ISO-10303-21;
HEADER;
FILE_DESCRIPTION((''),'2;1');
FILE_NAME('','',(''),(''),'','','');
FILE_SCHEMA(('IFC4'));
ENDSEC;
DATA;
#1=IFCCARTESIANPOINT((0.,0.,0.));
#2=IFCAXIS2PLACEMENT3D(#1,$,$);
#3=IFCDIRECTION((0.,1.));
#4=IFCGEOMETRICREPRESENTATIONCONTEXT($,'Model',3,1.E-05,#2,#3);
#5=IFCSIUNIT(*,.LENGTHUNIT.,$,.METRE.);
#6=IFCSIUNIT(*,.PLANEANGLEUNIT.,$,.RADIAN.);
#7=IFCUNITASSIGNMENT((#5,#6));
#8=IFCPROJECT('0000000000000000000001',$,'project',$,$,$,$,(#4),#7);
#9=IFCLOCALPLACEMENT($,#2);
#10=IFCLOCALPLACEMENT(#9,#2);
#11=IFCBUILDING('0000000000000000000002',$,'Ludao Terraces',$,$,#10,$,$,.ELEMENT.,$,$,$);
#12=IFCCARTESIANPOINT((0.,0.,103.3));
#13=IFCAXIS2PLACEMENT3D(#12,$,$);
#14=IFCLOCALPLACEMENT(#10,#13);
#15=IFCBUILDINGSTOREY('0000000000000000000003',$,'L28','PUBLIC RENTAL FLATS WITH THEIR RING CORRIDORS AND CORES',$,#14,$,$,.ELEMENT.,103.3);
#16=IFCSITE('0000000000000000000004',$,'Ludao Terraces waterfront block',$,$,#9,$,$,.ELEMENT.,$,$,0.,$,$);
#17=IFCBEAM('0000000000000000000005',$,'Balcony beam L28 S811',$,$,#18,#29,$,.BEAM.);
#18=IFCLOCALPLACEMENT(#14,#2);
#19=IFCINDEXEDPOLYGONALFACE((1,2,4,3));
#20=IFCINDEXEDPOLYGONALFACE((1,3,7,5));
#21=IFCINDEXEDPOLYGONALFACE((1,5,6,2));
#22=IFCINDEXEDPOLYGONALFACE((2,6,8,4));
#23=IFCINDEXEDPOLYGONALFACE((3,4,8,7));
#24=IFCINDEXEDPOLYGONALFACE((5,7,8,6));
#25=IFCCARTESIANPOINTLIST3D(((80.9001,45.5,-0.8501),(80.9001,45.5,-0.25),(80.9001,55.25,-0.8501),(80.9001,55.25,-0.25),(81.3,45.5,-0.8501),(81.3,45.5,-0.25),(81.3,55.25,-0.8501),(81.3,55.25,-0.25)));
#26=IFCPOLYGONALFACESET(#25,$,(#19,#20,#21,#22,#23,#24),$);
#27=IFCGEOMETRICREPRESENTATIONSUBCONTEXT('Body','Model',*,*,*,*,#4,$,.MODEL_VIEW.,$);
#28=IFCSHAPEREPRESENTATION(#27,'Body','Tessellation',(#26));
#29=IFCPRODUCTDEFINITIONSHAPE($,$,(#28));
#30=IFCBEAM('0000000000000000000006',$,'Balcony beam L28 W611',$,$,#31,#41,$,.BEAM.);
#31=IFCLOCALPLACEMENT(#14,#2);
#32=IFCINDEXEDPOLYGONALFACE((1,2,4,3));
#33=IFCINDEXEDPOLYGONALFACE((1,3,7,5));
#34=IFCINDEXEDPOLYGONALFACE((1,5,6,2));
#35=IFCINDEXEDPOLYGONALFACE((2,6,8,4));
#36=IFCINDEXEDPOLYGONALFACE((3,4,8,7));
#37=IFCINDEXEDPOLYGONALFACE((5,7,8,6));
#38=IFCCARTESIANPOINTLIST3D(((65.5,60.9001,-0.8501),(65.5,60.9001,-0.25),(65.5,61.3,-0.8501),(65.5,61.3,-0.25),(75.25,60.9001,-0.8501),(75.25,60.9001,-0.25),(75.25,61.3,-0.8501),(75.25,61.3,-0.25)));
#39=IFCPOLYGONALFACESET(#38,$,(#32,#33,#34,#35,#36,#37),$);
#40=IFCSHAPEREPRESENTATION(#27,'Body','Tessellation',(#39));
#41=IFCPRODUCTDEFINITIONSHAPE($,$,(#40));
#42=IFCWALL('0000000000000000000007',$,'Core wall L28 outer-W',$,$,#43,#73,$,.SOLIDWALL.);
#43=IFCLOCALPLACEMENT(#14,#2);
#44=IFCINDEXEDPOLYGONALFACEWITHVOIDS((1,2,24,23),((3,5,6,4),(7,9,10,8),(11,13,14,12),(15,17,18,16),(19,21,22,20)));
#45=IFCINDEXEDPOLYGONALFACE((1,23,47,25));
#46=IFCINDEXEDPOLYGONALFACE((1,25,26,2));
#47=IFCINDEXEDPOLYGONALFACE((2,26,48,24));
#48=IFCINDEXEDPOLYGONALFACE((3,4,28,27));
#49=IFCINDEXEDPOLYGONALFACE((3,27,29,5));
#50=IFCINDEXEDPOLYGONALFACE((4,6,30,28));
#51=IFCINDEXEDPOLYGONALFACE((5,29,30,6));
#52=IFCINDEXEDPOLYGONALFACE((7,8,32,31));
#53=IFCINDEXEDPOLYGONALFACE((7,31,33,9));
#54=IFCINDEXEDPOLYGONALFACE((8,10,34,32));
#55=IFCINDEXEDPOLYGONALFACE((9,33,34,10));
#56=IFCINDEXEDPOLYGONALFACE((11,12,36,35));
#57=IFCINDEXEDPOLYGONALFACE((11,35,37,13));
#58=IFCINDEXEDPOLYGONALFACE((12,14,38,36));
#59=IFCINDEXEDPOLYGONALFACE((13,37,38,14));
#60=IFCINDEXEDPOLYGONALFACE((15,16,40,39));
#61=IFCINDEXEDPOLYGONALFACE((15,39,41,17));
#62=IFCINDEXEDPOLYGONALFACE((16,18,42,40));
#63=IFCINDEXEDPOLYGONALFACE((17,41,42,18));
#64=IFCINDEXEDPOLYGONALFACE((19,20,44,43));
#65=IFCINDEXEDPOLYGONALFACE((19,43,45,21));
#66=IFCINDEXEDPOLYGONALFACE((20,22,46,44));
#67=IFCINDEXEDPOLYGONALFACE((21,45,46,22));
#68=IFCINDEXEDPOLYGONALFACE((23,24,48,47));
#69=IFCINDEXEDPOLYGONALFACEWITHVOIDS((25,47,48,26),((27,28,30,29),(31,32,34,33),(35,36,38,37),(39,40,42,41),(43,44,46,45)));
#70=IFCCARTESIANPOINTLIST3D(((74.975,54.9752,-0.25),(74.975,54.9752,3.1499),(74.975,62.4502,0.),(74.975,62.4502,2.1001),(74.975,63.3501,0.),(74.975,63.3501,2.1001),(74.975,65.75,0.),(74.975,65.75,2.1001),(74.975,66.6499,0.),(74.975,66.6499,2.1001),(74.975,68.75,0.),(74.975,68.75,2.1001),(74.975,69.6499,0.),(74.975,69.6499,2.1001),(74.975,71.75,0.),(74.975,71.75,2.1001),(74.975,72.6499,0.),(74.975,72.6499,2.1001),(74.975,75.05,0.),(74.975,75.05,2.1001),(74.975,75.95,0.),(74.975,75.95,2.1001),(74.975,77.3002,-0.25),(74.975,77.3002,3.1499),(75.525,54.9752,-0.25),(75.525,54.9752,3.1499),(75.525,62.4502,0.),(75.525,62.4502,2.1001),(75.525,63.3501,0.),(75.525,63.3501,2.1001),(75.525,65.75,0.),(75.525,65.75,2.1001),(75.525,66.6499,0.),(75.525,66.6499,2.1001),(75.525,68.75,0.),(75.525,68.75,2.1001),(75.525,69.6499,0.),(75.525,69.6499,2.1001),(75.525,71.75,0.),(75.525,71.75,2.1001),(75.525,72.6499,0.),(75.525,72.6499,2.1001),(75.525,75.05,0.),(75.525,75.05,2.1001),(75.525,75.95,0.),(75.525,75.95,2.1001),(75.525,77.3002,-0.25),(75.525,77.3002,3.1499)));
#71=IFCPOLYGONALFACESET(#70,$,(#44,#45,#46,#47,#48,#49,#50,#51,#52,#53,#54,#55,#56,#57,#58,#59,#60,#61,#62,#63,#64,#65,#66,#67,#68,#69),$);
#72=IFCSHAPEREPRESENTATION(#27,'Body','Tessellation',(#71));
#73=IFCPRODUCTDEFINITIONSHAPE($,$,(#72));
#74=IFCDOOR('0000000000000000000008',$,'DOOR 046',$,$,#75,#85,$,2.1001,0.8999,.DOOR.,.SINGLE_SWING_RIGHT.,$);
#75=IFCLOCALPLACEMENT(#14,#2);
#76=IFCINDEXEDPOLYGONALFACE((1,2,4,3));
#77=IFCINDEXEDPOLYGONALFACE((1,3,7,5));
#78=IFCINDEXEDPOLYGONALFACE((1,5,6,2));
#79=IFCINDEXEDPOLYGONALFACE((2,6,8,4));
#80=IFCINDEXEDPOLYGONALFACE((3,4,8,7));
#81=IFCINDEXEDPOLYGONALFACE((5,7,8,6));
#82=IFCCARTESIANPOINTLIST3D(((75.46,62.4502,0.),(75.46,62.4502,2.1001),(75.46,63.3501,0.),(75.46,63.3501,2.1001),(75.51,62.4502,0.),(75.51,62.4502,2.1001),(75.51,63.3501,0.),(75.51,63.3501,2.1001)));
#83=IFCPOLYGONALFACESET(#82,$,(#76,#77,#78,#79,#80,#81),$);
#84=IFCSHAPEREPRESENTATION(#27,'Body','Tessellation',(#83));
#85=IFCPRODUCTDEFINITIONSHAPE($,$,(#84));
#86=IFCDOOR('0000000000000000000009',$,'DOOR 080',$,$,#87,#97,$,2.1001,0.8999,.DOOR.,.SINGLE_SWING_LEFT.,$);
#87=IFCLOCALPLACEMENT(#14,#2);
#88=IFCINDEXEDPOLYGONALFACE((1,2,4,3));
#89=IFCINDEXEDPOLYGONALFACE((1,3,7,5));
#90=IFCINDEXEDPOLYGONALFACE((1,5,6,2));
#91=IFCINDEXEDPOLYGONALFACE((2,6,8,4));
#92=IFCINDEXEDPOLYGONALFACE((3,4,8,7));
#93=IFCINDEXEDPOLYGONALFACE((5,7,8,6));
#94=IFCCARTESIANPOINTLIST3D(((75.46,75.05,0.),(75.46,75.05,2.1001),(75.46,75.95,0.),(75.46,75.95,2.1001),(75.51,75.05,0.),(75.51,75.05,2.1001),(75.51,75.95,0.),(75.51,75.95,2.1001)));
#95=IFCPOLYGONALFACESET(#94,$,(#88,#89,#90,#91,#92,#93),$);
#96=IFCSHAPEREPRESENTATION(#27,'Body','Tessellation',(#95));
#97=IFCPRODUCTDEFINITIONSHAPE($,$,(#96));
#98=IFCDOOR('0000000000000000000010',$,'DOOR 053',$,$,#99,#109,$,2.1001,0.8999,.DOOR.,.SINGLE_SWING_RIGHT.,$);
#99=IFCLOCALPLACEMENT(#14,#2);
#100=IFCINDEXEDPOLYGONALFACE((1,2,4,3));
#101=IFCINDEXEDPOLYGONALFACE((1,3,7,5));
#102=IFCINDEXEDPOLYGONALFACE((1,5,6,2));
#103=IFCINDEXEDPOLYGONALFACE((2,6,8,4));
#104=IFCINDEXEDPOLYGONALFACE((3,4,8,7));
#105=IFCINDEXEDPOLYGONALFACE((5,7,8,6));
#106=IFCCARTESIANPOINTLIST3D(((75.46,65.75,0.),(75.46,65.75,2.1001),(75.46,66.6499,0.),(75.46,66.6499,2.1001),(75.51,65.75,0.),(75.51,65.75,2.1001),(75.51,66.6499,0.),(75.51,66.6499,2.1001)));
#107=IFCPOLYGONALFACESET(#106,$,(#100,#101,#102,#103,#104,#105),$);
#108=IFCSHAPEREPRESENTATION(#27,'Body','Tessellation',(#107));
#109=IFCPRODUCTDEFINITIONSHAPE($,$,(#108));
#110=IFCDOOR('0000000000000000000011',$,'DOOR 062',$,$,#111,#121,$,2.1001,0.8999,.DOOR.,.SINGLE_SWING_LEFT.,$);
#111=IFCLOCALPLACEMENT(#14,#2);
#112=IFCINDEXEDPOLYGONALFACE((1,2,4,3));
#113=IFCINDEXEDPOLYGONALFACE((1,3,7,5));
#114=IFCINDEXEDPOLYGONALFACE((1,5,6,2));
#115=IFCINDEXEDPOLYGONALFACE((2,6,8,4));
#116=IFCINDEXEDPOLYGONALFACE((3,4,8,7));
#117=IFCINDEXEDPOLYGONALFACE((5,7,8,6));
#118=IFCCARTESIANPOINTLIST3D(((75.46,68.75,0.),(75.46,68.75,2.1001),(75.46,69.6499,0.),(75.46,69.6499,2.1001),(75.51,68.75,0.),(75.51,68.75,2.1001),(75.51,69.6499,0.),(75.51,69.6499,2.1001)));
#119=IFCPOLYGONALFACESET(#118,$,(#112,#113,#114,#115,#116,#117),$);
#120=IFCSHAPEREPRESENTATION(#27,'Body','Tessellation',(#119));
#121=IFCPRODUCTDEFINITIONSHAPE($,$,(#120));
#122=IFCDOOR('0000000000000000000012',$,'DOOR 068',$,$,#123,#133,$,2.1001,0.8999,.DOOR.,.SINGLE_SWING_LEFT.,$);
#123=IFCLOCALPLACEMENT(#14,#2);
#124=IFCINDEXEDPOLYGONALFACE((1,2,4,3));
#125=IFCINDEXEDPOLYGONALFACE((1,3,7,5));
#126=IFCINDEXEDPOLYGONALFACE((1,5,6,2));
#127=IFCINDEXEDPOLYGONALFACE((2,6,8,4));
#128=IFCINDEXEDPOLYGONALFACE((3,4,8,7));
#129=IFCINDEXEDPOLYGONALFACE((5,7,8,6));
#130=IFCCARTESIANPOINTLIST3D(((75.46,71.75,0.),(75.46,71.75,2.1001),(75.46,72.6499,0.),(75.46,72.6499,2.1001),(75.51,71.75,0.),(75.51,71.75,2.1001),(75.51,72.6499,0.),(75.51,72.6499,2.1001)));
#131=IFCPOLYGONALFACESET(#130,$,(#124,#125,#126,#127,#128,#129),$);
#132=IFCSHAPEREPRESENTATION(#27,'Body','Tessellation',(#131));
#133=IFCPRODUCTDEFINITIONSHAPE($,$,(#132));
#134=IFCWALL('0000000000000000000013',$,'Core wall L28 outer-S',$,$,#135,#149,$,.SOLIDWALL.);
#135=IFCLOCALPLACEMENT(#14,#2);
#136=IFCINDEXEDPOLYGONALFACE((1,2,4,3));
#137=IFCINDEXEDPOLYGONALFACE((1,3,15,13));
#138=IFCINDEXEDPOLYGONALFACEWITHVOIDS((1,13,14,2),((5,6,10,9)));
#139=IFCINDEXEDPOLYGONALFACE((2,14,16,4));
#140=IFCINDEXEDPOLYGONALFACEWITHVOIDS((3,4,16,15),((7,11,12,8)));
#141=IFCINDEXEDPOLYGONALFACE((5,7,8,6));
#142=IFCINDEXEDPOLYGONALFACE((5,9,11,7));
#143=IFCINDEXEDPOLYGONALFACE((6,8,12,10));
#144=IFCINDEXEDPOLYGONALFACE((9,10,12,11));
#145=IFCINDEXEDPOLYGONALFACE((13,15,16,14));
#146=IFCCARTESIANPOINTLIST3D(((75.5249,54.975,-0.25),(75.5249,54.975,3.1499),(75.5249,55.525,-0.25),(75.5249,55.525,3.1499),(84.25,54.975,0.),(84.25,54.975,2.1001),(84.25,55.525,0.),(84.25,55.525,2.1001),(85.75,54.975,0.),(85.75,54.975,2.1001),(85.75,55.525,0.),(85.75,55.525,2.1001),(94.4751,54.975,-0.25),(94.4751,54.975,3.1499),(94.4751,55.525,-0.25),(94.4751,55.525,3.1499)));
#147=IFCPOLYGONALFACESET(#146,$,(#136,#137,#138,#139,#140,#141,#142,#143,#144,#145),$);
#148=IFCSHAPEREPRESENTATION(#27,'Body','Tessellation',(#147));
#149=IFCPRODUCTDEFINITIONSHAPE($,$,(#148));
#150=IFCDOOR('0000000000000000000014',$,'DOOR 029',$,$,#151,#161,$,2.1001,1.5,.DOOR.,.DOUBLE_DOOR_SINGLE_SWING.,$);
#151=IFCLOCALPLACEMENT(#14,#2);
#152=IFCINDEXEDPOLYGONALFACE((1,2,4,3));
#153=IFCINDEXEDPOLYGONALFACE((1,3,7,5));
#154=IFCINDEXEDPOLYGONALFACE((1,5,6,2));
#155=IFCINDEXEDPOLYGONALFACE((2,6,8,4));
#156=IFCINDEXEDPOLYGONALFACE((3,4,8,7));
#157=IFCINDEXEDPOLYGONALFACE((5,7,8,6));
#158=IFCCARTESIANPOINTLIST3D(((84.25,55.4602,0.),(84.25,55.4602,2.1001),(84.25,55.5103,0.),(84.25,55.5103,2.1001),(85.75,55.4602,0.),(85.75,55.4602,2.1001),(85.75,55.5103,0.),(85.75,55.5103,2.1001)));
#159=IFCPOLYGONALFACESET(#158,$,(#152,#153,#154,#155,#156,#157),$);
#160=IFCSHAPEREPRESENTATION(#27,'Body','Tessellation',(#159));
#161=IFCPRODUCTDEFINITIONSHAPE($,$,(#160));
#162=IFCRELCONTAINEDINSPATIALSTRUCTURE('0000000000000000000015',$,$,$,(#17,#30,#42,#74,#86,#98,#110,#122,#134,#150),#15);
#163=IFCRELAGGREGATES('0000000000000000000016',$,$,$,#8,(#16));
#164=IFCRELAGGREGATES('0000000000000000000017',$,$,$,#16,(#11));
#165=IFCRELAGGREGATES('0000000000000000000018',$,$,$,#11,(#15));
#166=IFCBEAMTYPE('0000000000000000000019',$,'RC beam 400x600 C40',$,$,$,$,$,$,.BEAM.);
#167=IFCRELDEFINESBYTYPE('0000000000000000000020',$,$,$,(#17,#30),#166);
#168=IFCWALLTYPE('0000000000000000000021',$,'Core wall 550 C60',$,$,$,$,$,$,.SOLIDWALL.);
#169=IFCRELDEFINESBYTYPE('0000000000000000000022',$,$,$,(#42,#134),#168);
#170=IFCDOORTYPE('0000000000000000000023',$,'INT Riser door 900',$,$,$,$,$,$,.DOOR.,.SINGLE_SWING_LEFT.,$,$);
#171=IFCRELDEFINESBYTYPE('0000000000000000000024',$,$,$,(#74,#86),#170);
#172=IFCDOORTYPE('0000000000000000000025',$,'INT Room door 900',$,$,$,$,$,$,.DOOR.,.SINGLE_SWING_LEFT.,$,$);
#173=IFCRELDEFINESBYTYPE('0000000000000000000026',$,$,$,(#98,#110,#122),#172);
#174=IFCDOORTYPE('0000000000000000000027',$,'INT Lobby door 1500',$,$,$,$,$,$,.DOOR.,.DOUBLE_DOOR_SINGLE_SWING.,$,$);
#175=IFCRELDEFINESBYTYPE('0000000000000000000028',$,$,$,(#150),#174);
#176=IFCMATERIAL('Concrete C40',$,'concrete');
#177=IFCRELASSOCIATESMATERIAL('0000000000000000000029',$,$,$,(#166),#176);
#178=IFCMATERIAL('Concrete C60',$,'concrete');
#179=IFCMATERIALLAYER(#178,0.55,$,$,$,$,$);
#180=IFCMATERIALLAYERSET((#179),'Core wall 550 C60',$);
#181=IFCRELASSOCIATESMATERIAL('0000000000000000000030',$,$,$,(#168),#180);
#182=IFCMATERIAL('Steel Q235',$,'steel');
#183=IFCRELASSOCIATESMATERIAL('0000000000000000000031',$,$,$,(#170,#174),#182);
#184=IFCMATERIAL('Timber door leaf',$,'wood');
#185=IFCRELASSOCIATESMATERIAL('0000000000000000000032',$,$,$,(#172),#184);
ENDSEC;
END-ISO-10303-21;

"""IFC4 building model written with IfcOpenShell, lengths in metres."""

from ifc_helpers import new_model, si_unit, direction, frame, frame_2d, origin, origin_2d, place, context, subcontext, project, spatial, rectangle, extrude, material, layer, layer_set, material_profile, profile_set, type_object, element, fill, save


model = new_model("IFC4")

# Units and contexts
model_context = context("Model", 3, precision=1e-05, world=origin(), true_north=direction((0.0, 1.0)))
body_context = subcontext(model_context, "Body", "Model", "MODEL_VIEW")
ifc_project = project(units=[si_unit("LENGTHUNIT", "METRE"), si_unit("PLANEANGLEUNIT", "RADIAN")], contexts=[model_context])

# Site, building, storey
site_placement = place(None, origin())
site = spatial("IfcSite", under=ifc_project, at=site_placement, Name="Ludao Terraces waterfront block", CompositionType="ELEMENT", RefElevation=0.0)
building_placement = place(site_placement, origin())
building = spatial("IfcBuilding", under=site, at=building_placement, Name="Ludao Terraces", CompositionType="ELEMENT")
storey_placement = place(building_placement, frame((0.0, 0.0, 103.3)))
storey = spatial("IfcBuildingStorey", under=building, at=storey_placement, Name="L28", Description="PUBLIC RENTAL FLATS WITH THEIR RING CORRIDORS AND CORES", CompositionType="ELEMENT", Elevation=103.3)

# Beams
ifc_material_1 = material(Name="Concrete C40", Category="concrete")
ifc_material_profile = material_profile(ifc_material_1, rectangle(XDim=0.3999, YDim=0.6001, at=origin_2d()), Name="400 X 600")
ifc_profile_set = profile_set([ifc_material_profile], Name="Concrete C40")
beam_type = type_object("IfcBeamType", Name="RC beam 400x600 C40", PredefinedType="BEAM", material=ifc_profile_set)
for number, where, z_axis, x_axis, name in (
    (1, (81.1001, 55.25, -0.55), (0.0, -1.0, 0.0), (1.0, 0.0, 0.0), "Balcony beam L28 S811"),
    (2, (75.25, 61.1001, -0.55), (-1.0, 0.0, 0.0), (0.0, -1.0, 0.0), "Balcony beam L28 W611"),
):
    element("IfcBeam", number, at=place(storey_placement, frame(where, z_axis=z_axis, x_axis=x_axis)), inside=storey, type_object=beam_type, Name=name, PredefinedType="BEAM", context=body_context, shape_type="SweptSolid", body=[
        extrude(rectangle(XDim=0.3999, YDim=0.6001, at=origin_2d()), origin(), (0.0, 0.0, 1.0), 9.75),
    ])

# Wall, openings, doors
ifc_material_2 = material(Name="Concrete C60", Category="concrete")
ifc_layer_1 = layer(ifc_material_2, 0.55)
ifc_layer_set_1 = layer_set([ifc_layer_1], Name="Core wall 550 C60")
wall_type_1 = type_object("IfcWallType", Name="Core wall 550 C60", PredefinedType="SOLIDWALL", material=ifc_layer_set_1)
wall_1_placement = place(storey_placement, frame((75.25, 54.9751, -0.25), z_axis=(0.0, 0.0, 1.0), x_axis=(0.0, 1.0, 0.0)))
wall_1 = element("IfcWall", 3, at=wall_1_placement, inside=storey, type_object=wall_type_1, Name="Core wall L28 outer-W", PredefinedType="SOLIDWALL", context=body_context, shape_type="SweptSolid", body=[
    extrude(rectangle(XDim=22.325, YDim=0.55, at=frame_2d((11.1626, 0.0))), origin(), (0.0, 0.0, 1.0), 3.3999),
])
opening_1_placement = place(wall_1_placement, frame((7.4751, 0.0, 0.25)))
opening_1 = element("IfcOpeningElement", 4, at=opening_1_placement, cuts=wall_1, PredefinedType="OPENING", context=body_context, shape_type="SweptSolid", body=[
    extrude(rectangle(XDim=0.8999, YDim=2.1001, at=frame_2d((0.45, 1.05))), frame((0.0, 0.2852, 0.0), z_axis=(0.0, -1.0, 0.0), x_axis=(1.0, 0.0, 0.0)), (0.0, 0.0, 1.0), 0.5701),
])
opening_2_placement = place(wall_1_placement, frame((10.7749, 0.0, 0.25)))
opening_2 = element("IfcOpeningElement", 5, at=opening_2_placement, cuts=wall_1, PredefinedType="OPENING", context=body_context, shape_type="SweptSolid", body=[
    extrude(rectangle(XDim=0.8999, YDim=2.1001, at=frame_2d((0.45, 1.05))), frame((0.0, 0.2852, 0.0), z_axis=(0.0, -1.0, 0.0), x_axis=(1.0, 0.0, 0.0)), (0.0, 0.0, 1.0), 0.5701),
])
opening_3_placement = place(wall_1_placement, frame((13.7749, 0.0, 0.25)))
opening_3 = element("IfcOpeningElement", 6, at=opening_3_placement, cuts=wall_1, PredefinedType="OPENING", context=body_context, shape_type="SweptSolid", body=[
    extrude(rectangle(XDim=0.8999, YDim=2.1001, at=frame_2d((0.45, 1.05))), frame((0.0, 0.2852, 0.0), z_axis=(0.0, -1.0, 0.0), x_axis=(1.0, 0.0, 0.0)), (0.0, 0.0, 1.0), 0.5701),
])
opening_4_placement = place(wall_1_placement, frame((16.7749, 0.0, 0.25)))
opening_4 = element("IfcOpeningElement", 7, at=opening_4_placement, cuts=wall_1, PredefinedType="OPENING", context=body_context, shape_type="SweptSolid", body=[
    extrude(rectangle(XDim=0.8999, YDim=2.1001, at=frame_2d((0.45, 1.05))), frame((0.0, 0.2852, 0.0), z_axis=(0.0, -1.0, 0.0), x_axis=(1.0, 0.0, 0.0)), (0.0, 0.0, 1.0), 0.5701),
])
opening_5_placement = place(wall_1_placement, frame((20.075, 0.0, 0.25)))
opening_5 = element("IfcOpeningElement", 8, at=opening_5_placement, cuts=wall_1, PredefinedType="OPENING", context=body_context, shape_type="SweptSolid", body=[
    extrude(rectangle(XDim=0.8999, YDim=2.1001, at=frame_2d((0.45, 1.05))), frame((0.0, 0.2852, 0.0), z_axis=(0.0, -1.0, 0.0), x_axis=(1.0, 0.0, 0.0)), (0.0, 0.0, 1.0), 0.5701),
])
ifc_material_3 = material(Name="Steel Q235", Category="steel")
door_type_1 = type_object("IfcDoorType", Name="INT Riser door 900", OperationType="SINGLE_SWING_LEFT", PredefinedType="DOOR", material=ifc_material_3)
door_1_placement = place(opening_1_placement, origin())
door_1 = element("IfcDoor", 9, at=door_1_placement, inside=storey, type_object=door_type_1, Name="DOOR 046", OperationType="SINGLE_SWING_RIGHT", OverallHeight=2.1001, OverallWidth=0.8999, PredefinedType="DOOR", context=body_context, shape_type="SweptSolid", body=[
    extrude(rectangle(XDim=0.8999, YDim=2.1001, at=frame_2d((0.45, 1.05))), frame((0.0, -0.21, 0.0), z_axis=(0.0, -1.0, 0.0), x_axis=(1.0, 0.0, 0.0)), (0.0, 0.0, 1.0), 0.05),
])
fill(opening_1, door_1)
door_2_placement = place(opening_5_placement, origin())
door_2 = element("IfcDoor", 10, at=door_2_placement, inside=storey, type_object=door_type_1, Name="DOOR 080", OperationType="SINGLE_SWING_LEFT", OverallHeight=2.1001, OverallWidth=0.8999, PredefinedType="DOOR", context=body_context, shape_type="SweptSolid", body=[
    extrude(rectangle(XDim=0.8999, YDim=2.1001, at=frame_2d((0.45, 1.05))), frame((0.0, -0.21, 0.0), z_axis=(0.0, -1.0, 0.0), x_axis=(1.0, 0.0, 0.0)), (0.0, 0.0, 1.0), 0.05),
])
fill(opening_5, door_2)
ifc_material_4 = material(Name="Timber door leaf", Category="wood")
door_type_2 = type_object("IfcDoorType", Name="INT Room door 900", OperationType="SINGLE_SWING_LEFT", PredefinedType="DOOR", material=ifc_material_4)
door_3_placement = place(opening_2_placement, origin())
door_3 = element("IfcDoor", 11, at=door_3_placement, inside=storey, type_object=door_type_2, Name="DOOR 053", OperationType="SINGLE_SWING_RIGHT", OverallHeight=2.1001, OverallWidth=0.8999, PredefinedType="DOOR", context=body_context, shape_type="SweptSolid", body=[
    extrude(rectangle(XDim=0.8999, YDim=2.1001, at=frame_2d((0.45, 1.05))), frame((0.0, -0.21, 0.0), z_axis=(0.0, -1.0, 0.0), x_axis=(1.0, 0.0, 0.0)), (0.0, 0.0, 1.0), 0.05),
])
fill(opening_2, door_3)
door_4_placement = place(opening_3_placement, origin())
door_4 = element("IfcDoor", 12, at=door_4_placement, inside=storey, type_object=door_type_2, Name="DOOR 062", OperationType="SINGLE_SWING_LEFT", OverallHeight=2.1001, OverallWidth=0.8999, PredefinedType="DOOR", context=body_context, shape_type="SweptSolid", body=[
    extrude(rectangle(XDim=0.8999, YDim=2.1001, at=frame_2d((0.45, 1.05))), frame((0.0, -0.21, 0.0), z_axis=(0.0, -1.0, 0.0), x_axis=(1.0, 0.0, 0.0)), (0.0, 0.0, 1.0), 0.05),
])
fill(opening_3, door_4)
door_5_placement = place(opening_4_placement, origin())
door_5 = element("IfcDoor", 13, at=door_5_placement, inside=storey, type_object=door_type_2, Name="DOOR 068", OperationType="SINGLE_SWING_LEFT", OverallHeight=2.1001, OverallWidth=0.8999, PredefinedType="DOOR", context=body_context, shape_type="SweptSolid", body=[
    extrude(rectangle(XDim=0.8999, YDim=2.1001, at=frame_2d((0.45, 1.05))), frame((0.0, -0.21, 0.0), z_axis=(0.0, -1.0, 0.0), x_axis=(1.0, 0.0, 0.0)), (0.0, 0.0, 1.0), 0.05),
])
fill(opening_4, door_5)

# Wall, opening, door
wall_2_placement = place(storey_placement, frame((75.5249, 55.25, -0.25), z_axis=(0.0, 0.0, 1.0), x_axis=(1.0, 0.0, 0.0)))
wall_2 = element("IfcWall", 14, at=wall_2_placement, inside=storey, type_object=wall_type_1, Name="Core wall L28 outer-S", PredefinedType="SOLIDWALL", context=body_context, shape_type="SweptSolid", body=[
    extrude(rectangle(XDim=18.9502, YDim=0.55, at=frame_2d((9.4751, 0.0))), origin(), (0.0, 0.0, 1.0), 3.3999),
])
opening_6_placement = place(wall_2_placement, frame((8.7251, 0.0, 0.25)))
opening_6 = element("IfcOpeningElement", 15, at=opening_6_placement, cuts=wall_2, PredefinedType="OPENING", context=body_context, shape_type="SweptSolid", body=[
    extrude(rectangle(XDim=1.5, YDim=2.1001, at=frame_2d((0.75, 1.05))), frame((0.0, 0.2852, 0.0), z_axis=(0.0, -1.0, 0.0), x_axis=(1.0, 0.0, 0.0)), (0.0, 0.0, 1.0), 0.5701),
])
door_type_3 = type_object("IfcDoorType", Name="INT Lobby door 1500", OperationType="DOUBLE_DOOR_SINGLE_SWING", PredefinedType="DOOR", material=ifc_material_3)
door_6_placement = place(opening_6_placement, origin())
door_6 = element("IfcDoor", 16, at=door_6_placement, inside=storey, type_object=door_type_3, Name="DOOR 029", OperationType="DOUBLE_DOOR_SINGLE_SWING", OverallHeight=2.1001, OverallWidth=1.5, PredefinedType="DOOR", context=body_context, shape_type="SweptSolid", body=[
    extrude(rectangle(XDim=1.5, YDim=2.1001, at=frame_2d((0.75, 1.05))), frame((0.0, 0.2603, 0.0), z_axis=(0.0, -1.0, 0.0), x_axis=(1.0, 0.0, 0.0)), (0.0, 0.0, 1.0), 0.05),
])
fill(opening_6, door_6)

save(model, "model.ifc")
